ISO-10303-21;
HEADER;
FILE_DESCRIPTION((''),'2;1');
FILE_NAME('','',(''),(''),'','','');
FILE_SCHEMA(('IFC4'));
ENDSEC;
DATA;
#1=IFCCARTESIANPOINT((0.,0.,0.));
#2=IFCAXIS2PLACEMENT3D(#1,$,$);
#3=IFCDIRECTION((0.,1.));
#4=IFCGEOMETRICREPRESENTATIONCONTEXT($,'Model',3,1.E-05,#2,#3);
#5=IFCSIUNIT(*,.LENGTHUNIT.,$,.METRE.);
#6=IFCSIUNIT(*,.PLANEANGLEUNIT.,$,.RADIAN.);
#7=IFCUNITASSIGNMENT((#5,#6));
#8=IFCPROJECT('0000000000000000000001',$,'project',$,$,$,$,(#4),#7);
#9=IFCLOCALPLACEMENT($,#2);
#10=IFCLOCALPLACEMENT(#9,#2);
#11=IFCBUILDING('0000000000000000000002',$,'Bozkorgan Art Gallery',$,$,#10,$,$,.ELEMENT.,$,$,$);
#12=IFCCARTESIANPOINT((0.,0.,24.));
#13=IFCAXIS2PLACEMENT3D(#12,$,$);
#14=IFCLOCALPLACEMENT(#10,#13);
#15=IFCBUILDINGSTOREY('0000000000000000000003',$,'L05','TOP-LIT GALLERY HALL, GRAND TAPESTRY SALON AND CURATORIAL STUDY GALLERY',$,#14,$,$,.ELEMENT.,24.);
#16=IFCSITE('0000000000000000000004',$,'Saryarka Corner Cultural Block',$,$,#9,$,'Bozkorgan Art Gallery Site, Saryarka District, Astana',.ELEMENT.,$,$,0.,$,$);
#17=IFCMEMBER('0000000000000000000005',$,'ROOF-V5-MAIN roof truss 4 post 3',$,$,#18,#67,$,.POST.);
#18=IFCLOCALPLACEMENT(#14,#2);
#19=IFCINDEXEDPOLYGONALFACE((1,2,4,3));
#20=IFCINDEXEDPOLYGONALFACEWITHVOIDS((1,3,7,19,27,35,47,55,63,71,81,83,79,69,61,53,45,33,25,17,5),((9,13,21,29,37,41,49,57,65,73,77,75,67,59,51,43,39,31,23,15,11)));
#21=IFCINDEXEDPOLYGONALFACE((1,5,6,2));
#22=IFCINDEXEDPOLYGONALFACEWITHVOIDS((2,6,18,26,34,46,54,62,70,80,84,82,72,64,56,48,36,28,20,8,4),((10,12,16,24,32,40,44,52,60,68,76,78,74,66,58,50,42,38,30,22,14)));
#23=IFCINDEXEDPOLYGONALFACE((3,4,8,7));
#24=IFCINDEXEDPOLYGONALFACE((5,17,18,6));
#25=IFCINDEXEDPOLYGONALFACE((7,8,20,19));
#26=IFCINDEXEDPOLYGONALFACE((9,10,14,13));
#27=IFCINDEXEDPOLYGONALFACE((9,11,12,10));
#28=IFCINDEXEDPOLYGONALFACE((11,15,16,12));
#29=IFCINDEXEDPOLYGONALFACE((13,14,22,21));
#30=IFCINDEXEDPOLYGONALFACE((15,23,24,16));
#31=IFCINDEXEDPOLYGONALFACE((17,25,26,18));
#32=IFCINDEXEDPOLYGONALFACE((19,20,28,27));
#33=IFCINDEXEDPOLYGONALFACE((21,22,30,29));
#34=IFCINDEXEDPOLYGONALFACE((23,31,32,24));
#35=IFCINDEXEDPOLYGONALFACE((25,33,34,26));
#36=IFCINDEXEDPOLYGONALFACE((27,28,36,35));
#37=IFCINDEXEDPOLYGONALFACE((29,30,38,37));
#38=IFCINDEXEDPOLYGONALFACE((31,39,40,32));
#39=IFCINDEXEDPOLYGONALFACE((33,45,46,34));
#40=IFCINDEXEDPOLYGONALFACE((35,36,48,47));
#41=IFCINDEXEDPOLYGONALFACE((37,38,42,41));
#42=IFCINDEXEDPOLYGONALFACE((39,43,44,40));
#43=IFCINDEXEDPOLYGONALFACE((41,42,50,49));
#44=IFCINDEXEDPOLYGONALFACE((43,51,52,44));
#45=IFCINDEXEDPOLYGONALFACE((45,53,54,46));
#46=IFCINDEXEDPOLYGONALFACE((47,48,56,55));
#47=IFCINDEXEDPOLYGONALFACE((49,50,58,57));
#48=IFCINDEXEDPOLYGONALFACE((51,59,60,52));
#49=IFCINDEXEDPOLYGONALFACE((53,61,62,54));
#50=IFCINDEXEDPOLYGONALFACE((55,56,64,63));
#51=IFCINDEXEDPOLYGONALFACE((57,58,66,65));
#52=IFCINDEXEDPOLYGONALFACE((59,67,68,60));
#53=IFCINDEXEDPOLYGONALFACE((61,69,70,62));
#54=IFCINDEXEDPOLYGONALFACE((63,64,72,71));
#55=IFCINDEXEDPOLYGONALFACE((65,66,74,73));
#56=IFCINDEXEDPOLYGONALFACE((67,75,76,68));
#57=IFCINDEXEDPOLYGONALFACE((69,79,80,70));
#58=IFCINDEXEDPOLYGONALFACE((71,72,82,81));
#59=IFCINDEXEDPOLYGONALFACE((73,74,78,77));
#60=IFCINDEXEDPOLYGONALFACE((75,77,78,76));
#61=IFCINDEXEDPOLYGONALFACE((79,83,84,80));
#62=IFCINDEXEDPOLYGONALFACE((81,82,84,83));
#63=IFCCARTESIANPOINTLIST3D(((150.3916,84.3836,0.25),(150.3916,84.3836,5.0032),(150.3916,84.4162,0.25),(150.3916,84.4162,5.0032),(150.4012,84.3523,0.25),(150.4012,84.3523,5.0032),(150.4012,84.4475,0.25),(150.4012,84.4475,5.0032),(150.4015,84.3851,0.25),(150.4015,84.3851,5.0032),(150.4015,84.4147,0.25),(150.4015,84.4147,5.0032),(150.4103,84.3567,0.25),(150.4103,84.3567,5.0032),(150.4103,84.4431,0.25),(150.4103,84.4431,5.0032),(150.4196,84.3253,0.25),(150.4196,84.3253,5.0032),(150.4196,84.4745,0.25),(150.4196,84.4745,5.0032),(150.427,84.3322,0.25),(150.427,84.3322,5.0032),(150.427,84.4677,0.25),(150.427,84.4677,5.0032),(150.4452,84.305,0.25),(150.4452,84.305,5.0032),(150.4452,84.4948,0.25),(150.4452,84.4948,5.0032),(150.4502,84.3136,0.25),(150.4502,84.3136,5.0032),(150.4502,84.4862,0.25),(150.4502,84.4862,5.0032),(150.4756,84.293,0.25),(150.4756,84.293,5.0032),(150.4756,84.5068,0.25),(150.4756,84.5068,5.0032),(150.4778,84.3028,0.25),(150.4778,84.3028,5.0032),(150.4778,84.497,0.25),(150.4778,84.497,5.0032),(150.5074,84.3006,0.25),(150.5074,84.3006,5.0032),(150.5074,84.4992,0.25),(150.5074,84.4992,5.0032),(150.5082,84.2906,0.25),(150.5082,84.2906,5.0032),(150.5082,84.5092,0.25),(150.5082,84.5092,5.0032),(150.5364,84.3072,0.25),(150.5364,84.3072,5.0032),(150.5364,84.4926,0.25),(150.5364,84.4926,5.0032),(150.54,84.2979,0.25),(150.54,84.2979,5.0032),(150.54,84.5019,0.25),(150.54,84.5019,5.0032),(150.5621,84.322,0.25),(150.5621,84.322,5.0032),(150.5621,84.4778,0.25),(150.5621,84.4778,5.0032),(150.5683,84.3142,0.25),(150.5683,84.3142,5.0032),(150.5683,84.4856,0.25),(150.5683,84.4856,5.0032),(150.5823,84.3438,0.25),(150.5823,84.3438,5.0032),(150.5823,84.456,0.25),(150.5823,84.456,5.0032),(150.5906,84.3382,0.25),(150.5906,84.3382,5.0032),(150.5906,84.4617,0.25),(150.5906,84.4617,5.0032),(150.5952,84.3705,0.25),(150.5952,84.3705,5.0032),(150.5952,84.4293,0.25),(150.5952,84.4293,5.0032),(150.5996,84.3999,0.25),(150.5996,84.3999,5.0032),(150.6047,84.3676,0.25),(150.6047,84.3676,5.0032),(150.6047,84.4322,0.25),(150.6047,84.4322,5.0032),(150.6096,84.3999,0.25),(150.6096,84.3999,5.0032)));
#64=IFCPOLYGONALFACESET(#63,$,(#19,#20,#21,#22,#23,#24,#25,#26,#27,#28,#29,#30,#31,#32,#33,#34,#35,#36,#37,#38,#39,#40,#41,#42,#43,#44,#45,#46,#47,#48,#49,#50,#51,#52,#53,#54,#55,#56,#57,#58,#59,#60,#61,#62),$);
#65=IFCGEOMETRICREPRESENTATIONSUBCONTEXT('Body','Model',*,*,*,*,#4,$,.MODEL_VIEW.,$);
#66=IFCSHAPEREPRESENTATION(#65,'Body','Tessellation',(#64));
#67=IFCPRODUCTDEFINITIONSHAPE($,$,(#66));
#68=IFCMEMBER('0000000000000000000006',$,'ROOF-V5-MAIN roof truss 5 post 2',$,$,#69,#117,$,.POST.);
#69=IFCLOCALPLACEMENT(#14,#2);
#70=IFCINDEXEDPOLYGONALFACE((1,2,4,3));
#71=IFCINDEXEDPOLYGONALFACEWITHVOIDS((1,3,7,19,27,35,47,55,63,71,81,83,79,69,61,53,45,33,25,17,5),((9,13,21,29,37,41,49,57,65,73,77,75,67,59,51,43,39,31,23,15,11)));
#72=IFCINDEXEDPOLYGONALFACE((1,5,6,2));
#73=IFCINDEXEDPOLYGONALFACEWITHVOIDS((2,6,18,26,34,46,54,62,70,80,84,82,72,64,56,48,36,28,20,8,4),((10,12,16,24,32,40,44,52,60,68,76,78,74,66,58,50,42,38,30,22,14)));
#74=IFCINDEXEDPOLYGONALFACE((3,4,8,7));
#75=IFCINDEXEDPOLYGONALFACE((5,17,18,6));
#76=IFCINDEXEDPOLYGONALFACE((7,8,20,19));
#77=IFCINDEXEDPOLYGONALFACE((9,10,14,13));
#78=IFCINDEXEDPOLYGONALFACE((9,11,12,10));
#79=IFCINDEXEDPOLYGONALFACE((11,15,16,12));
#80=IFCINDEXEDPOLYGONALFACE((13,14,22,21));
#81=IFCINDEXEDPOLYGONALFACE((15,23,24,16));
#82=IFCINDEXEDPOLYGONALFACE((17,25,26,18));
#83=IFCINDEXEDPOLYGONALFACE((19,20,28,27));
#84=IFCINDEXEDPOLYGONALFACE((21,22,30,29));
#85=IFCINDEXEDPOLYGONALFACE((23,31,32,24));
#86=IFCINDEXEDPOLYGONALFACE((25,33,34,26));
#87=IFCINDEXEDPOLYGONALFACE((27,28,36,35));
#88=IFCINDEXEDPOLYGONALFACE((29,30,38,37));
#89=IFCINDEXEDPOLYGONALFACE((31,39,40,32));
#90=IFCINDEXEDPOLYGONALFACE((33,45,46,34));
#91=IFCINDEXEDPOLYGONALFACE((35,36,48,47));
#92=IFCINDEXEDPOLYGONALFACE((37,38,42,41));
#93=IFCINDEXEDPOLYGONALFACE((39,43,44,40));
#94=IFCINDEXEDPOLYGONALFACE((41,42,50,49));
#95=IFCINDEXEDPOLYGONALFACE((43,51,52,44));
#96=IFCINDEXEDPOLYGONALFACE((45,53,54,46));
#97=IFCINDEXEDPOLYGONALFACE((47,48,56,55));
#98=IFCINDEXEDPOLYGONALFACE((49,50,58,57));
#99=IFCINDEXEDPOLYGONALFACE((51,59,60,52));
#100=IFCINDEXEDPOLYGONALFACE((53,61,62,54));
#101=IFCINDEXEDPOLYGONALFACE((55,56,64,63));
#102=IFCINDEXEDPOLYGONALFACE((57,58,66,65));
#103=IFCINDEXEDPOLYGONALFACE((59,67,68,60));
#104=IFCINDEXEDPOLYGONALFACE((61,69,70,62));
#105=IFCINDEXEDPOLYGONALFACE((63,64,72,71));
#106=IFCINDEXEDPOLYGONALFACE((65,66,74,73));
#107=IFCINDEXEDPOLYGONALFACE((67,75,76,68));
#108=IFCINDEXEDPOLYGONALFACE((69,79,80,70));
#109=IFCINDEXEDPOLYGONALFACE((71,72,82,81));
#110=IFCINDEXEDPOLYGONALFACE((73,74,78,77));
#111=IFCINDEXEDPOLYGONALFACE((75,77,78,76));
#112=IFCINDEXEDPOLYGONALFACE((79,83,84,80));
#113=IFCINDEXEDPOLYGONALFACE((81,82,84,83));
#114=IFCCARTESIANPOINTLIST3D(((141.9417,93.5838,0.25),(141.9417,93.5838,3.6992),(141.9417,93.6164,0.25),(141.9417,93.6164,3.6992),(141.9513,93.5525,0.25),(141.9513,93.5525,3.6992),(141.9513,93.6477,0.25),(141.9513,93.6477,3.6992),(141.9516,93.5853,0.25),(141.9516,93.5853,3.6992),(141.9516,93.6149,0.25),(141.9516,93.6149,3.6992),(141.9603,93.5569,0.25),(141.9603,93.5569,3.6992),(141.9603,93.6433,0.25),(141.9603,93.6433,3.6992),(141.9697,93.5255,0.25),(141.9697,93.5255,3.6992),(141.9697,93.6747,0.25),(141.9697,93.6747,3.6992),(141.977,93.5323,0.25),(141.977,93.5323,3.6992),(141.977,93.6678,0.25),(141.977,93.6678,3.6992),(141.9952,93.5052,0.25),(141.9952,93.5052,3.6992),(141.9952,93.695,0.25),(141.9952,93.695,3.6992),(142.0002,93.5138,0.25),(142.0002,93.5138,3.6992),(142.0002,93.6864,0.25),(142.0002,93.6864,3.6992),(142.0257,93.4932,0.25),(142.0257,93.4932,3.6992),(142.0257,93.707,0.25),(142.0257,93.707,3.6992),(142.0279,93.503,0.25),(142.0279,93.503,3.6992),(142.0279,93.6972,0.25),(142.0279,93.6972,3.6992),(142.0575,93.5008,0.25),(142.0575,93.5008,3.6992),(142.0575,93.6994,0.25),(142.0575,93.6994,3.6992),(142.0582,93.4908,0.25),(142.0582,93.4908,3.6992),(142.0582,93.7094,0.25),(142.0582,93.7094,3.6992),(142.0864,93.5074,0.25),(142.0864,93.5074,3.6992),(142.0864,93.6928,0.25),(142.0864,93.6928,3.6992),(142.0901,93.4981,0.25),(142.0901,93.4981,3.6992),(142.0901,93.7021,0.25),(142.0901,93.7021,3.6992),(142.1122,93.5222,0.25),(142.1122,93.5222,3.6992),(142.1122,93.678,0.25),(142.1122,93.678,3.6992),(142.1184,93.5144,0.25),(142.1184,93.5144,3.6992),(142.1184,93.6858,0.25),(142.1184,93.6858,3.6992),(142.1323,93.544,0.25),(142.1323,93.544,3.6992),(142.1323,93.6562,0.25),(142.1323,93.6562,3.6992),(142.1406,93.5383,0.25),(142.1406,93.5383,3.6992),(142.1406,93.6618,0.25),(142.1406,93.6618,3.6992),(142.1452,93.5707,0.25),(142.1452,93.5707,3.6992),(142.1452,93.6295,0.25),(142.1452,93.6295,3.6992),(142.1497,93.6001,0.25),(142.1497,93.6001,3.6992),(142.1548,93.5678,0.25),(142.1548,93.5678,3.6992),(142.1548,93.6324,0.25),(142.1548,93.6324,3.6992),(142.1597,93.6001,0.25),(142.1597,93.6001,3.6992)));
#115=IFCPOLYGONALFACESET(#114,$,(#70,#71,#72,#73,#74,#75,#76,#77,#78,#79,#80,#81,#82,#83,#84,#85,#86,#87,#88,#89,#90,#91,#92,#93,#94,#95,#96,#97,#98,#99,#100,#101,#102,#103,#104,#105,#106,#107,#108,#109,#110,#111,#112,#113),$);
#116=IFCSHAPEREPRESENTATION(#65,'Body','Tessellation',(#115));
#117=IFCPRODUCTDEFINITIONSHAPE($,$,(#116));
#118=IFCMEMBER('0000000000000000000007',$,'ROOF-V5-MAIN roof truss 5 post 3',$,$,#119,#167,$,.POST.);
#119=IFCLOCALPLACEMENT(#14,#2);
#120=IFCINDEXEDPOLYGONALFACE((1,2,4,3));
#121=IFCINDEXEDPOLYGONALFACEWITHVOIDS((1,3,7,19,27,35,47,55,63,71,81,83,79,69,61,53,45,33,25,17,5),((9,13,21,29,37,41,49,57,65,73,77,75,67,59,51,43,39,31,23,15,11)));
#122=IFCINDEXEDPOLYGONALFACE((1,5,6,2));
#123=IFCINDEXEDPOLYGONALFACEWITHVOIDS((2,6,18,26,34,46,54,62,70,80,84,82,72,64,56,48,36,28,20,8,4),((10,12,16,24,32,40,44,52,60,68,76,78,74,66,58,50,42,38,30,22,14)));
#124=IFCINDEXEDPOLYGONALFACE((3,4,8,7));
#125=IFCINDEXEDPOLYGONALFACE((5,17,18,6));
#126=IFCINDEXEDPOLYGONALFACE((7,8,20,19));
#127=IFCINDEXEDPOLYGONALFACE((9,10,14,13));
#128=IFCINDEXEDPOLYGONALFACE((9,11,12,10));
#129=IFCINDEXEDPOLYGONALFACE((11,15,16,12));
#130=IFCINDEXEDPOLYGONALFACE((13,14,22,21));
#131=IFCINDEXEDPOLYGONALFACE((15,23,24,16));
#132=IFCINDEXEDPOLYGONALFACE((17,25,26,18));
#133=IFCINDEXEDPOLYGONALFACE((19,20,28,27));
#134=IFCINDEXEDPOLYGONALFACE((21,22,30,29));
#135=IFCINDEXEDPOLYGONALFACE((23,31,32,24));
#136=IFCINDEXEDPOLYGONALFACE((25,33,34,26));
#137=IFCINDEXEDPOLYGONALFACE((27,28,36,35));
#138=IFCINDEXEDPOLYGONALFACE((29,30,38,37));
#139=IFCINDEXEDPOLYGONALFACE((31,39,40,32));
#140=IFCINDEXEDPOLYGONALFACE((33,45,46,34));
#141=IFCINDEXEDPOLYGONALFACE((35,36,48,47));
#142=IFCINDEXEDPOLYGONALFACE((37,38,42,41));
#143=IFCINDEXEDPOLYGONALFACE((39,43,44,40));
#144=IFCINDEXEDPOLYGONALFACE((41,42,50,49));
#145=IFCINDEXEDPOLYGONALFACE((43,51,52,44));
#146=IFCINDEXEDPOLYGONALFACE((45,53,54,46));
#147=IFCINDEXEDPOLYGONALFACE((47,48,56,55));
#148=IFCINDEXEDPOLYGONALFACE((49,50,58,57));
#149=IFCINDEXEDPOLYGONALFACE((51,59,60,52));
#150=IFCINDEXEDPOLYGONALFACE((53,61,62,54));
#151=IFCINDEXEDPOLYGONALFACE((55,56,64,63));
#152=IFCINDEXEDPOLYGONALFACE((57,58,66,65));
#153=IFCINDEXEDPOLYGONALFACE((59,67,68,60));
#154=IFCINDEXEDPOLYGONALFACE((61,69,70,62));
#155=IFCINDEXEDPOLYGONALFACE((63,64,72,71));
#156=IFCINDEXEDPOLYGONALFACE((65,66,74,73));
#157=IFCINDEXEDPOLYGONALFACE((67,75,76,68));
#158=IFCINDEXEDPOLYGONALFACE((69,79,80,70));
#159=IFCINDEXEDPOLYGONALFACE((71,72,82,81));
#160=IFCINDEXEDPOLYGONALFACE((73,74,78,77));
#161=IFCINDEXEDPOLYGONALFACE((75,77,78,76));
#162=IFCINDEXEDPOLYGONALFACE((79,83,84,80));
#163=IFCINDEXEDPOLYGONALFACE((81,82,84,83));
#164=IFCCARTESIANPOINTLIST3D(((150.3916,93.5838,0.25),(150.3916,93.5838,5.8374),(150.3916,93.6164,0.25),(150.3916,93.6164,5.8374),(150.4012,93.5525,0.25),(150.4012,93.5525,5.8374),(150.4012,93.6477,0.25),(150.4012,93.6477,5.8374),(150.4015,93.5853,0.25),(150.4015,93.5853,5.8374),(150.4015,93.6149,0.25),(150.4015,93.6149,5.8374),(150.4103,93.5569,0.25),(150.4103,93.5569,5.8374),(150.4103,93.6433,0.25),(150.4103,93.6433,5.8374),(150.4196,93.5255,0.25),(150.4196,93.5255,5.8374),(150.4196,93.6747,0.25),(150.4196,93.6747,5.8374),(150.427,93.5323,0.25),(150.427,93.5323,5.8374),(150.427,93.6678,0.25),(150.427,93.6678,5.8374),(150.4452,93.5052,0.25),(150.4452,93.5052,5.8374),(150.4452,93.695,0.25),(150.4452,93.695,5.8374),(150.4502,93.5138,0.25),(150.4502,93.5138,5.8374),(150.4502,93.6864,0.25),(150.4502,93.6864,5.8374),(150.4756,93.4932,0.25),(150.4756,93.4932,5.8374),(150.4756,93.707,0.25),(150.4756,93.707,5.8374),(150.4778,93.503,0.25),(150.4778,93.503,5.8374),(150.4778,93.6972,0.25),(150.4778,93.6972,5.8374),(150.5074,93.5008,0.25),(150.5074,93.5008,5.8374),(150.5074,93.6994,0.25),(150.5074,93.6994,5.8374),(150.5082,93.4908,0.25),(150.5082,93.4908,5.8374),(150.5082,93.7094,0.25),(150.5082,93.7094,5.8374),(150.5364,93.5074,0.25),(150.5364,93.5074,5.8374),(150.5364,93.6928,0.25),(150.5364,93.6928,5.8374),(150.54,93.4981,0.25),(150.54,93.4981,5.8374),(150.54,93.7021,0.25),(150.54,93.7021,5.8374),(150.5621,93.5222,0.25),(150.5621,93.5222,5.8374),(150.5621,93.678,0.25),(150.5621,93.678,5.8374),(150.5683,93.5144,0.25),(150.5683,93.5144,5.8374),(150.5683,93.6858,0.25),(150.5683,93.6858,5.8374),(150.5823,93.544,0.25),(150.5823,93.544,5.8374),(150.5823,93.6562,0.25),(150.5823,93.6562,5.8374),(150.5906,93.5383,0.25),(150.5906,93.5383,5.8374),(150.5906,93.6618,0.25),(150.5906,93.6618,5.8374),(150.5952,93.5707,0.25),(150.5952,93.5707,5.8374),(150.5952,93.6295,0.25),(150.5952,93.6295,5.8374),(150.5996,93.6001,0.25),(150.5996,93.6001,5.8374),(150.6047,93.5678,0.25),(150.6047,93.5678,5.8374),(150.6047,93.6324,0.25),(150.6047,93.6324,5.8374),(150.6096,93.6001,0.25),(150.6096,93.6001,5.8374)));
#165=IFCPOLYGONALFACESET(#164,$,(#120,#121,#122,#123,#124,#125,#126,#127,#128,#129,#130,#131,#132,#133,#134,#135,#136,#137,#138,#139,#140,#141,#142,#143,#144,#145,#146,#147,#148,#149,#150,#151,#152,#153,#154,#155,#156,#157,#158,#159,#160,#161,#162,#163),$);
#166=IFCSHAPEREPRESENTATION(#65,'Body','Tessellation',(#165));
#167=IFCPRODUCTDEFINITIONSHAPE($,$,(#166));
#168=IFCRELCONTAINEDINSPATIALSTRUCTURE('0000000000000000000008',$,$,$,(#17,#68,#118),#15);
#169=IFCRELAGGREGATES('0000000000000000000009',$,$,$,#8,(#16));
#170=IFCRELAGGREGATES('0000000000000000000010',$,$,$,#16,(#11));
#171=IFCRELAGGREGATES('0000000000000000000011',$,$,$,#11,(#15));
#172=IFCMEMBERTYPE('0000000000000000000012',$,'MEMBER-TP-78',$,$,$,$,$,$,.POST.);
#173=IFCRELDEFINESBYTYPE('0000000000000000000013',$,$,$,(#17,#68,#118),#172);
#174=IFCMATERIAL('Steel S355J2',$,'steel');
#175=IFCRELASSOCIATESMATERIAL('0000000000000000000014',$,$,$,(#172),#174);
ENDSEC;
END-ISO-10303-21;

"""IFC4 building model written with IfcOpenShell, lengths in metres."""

from ifc_helpers import new_model, si_unit, direction, frame, origin, origin_2d, place, context, subcontext, project, spatial, hollow_circle, extrude, material, material_profile, profile_set, type_object, element, save


model = new_model("IFC4")

# Units and contexts
model_context = context("Model", 3, precision=1e-05, world=origin(), true_north=direction((0.0, 1.0)))
body_context = subcontext(model_context, "Body", "Model", "MODEL_VIEW")
ifc_project = project(units=[si_unit("LENGTHUNIT", "METRE"), si_unit("PLANEANGLEUNIT", "RADIAN")], contexts=[model_context])

# Site, building, storey
site_placement = place(None, origin())
site = spatial("IfcSite", under=ifc_project, at=site_placement, Name="Saryarka Corner Cultural Block", LongName="Bozkorgan Art Gallery Site, Saryarka District, Astana", CompositionType="ELEMENT", RefElevation=0.0)
building_placement = place(site_placement, origin())
building = spatial("IfcBuilding", under=site, at=building_placement, Name="Bozkorgan Art Gallery", CompositionType="ELEMENT")
storey_placement = place(building_placement, frame((0.0, 0.0, 24.0)))
storey = spatial("IfcBuildingStorey", under=building, at=storey_placement, Name="L05", Description="TOP-LIT GALLERY HALL, GRAND TAPESTRY SALON AND CURATORIAL STUDY GALLERY", CompositionType="ELEMENT", Elevation=24.0)

# Members
ifc_material_1 = material(Name="Steel S355J2", Category="steel")
ifc_material_profile_1 = material_profile(ifc_material_1, hollow_circle(Radius=0.1096, WallThickness=0.01, at=origin_2d()), Name="CHS 219.1x10")
ifc_profile_set_1 = profile_set([ifc_material_profile_1], Name="Steel S355J2")
member_type_1 = type_object("IfcMemberType", Name="MEMBER-TP-78", PredefinedType="POST", material=ifc_profile_set_1)
member_1_placement = place(storey_placement, frame((150.5, 84.3999, 0.25), z_axis=(0.0, 0.0, 1.0), x_axis=(1.0, 0.0, 0.0)))
element("IfcMember", 1, at=member_1_placement, inside=storey, type_object=member_type_1, Name="ROOF-V5-MAIN roof truss 4 post 3", PredefinedType="POST", context=body_context, shape_type="SweptSolid", body=[
    extrude(hollow_circle(Radius=0.1096, WallThickness=0.01, at=origin_2d()), origin(), (0.0, 0.0, 1.0), 4.7532),
])
member_2_placement = place(storey_placement, frame((142.05, 93.6001, 0.25), z_axis=(0.0, 0.0, 1.0), x_axis=(1.0, 0.0, 0.0)))
element("IfcMember", 2, at=member_2_placement, inside=storey, type_object=member_type_1, Name="ROOF-V5-MAIN roof truss 5 post 2", PredefinedType="POST", context=body_context, shape_type="SweptSolid", body=[
    extrude(hollow_circle(Radius=0.1096, WallThickness=0.01, at=origin_2d()), origin(), (0.0, 0.0, 1.0), 3.4492),
])
member_3_placement = place(storey_placement, frame((150.5, 93.6001, 0.25), z_axis=(0.0, 0.0, 1.0), x_axis=(1.0, 0.0, 0.0)))
element("IfcMember", 3, at=member_3_placement, inside=storey, type_object=member_type_1, Name="ROOF-V5-MAIN roof truss 5 post 3", PredefinedType="POST", context=body_context, shape_type="SweptSolid", body=[
    extrude(hollow_circle(Radius=0.1096, WallThickness=0.01, at=origin_2d()), origin(), (0.0, 0.0, 1.0), 5.5874),
])

save(model, "model.ifc")
